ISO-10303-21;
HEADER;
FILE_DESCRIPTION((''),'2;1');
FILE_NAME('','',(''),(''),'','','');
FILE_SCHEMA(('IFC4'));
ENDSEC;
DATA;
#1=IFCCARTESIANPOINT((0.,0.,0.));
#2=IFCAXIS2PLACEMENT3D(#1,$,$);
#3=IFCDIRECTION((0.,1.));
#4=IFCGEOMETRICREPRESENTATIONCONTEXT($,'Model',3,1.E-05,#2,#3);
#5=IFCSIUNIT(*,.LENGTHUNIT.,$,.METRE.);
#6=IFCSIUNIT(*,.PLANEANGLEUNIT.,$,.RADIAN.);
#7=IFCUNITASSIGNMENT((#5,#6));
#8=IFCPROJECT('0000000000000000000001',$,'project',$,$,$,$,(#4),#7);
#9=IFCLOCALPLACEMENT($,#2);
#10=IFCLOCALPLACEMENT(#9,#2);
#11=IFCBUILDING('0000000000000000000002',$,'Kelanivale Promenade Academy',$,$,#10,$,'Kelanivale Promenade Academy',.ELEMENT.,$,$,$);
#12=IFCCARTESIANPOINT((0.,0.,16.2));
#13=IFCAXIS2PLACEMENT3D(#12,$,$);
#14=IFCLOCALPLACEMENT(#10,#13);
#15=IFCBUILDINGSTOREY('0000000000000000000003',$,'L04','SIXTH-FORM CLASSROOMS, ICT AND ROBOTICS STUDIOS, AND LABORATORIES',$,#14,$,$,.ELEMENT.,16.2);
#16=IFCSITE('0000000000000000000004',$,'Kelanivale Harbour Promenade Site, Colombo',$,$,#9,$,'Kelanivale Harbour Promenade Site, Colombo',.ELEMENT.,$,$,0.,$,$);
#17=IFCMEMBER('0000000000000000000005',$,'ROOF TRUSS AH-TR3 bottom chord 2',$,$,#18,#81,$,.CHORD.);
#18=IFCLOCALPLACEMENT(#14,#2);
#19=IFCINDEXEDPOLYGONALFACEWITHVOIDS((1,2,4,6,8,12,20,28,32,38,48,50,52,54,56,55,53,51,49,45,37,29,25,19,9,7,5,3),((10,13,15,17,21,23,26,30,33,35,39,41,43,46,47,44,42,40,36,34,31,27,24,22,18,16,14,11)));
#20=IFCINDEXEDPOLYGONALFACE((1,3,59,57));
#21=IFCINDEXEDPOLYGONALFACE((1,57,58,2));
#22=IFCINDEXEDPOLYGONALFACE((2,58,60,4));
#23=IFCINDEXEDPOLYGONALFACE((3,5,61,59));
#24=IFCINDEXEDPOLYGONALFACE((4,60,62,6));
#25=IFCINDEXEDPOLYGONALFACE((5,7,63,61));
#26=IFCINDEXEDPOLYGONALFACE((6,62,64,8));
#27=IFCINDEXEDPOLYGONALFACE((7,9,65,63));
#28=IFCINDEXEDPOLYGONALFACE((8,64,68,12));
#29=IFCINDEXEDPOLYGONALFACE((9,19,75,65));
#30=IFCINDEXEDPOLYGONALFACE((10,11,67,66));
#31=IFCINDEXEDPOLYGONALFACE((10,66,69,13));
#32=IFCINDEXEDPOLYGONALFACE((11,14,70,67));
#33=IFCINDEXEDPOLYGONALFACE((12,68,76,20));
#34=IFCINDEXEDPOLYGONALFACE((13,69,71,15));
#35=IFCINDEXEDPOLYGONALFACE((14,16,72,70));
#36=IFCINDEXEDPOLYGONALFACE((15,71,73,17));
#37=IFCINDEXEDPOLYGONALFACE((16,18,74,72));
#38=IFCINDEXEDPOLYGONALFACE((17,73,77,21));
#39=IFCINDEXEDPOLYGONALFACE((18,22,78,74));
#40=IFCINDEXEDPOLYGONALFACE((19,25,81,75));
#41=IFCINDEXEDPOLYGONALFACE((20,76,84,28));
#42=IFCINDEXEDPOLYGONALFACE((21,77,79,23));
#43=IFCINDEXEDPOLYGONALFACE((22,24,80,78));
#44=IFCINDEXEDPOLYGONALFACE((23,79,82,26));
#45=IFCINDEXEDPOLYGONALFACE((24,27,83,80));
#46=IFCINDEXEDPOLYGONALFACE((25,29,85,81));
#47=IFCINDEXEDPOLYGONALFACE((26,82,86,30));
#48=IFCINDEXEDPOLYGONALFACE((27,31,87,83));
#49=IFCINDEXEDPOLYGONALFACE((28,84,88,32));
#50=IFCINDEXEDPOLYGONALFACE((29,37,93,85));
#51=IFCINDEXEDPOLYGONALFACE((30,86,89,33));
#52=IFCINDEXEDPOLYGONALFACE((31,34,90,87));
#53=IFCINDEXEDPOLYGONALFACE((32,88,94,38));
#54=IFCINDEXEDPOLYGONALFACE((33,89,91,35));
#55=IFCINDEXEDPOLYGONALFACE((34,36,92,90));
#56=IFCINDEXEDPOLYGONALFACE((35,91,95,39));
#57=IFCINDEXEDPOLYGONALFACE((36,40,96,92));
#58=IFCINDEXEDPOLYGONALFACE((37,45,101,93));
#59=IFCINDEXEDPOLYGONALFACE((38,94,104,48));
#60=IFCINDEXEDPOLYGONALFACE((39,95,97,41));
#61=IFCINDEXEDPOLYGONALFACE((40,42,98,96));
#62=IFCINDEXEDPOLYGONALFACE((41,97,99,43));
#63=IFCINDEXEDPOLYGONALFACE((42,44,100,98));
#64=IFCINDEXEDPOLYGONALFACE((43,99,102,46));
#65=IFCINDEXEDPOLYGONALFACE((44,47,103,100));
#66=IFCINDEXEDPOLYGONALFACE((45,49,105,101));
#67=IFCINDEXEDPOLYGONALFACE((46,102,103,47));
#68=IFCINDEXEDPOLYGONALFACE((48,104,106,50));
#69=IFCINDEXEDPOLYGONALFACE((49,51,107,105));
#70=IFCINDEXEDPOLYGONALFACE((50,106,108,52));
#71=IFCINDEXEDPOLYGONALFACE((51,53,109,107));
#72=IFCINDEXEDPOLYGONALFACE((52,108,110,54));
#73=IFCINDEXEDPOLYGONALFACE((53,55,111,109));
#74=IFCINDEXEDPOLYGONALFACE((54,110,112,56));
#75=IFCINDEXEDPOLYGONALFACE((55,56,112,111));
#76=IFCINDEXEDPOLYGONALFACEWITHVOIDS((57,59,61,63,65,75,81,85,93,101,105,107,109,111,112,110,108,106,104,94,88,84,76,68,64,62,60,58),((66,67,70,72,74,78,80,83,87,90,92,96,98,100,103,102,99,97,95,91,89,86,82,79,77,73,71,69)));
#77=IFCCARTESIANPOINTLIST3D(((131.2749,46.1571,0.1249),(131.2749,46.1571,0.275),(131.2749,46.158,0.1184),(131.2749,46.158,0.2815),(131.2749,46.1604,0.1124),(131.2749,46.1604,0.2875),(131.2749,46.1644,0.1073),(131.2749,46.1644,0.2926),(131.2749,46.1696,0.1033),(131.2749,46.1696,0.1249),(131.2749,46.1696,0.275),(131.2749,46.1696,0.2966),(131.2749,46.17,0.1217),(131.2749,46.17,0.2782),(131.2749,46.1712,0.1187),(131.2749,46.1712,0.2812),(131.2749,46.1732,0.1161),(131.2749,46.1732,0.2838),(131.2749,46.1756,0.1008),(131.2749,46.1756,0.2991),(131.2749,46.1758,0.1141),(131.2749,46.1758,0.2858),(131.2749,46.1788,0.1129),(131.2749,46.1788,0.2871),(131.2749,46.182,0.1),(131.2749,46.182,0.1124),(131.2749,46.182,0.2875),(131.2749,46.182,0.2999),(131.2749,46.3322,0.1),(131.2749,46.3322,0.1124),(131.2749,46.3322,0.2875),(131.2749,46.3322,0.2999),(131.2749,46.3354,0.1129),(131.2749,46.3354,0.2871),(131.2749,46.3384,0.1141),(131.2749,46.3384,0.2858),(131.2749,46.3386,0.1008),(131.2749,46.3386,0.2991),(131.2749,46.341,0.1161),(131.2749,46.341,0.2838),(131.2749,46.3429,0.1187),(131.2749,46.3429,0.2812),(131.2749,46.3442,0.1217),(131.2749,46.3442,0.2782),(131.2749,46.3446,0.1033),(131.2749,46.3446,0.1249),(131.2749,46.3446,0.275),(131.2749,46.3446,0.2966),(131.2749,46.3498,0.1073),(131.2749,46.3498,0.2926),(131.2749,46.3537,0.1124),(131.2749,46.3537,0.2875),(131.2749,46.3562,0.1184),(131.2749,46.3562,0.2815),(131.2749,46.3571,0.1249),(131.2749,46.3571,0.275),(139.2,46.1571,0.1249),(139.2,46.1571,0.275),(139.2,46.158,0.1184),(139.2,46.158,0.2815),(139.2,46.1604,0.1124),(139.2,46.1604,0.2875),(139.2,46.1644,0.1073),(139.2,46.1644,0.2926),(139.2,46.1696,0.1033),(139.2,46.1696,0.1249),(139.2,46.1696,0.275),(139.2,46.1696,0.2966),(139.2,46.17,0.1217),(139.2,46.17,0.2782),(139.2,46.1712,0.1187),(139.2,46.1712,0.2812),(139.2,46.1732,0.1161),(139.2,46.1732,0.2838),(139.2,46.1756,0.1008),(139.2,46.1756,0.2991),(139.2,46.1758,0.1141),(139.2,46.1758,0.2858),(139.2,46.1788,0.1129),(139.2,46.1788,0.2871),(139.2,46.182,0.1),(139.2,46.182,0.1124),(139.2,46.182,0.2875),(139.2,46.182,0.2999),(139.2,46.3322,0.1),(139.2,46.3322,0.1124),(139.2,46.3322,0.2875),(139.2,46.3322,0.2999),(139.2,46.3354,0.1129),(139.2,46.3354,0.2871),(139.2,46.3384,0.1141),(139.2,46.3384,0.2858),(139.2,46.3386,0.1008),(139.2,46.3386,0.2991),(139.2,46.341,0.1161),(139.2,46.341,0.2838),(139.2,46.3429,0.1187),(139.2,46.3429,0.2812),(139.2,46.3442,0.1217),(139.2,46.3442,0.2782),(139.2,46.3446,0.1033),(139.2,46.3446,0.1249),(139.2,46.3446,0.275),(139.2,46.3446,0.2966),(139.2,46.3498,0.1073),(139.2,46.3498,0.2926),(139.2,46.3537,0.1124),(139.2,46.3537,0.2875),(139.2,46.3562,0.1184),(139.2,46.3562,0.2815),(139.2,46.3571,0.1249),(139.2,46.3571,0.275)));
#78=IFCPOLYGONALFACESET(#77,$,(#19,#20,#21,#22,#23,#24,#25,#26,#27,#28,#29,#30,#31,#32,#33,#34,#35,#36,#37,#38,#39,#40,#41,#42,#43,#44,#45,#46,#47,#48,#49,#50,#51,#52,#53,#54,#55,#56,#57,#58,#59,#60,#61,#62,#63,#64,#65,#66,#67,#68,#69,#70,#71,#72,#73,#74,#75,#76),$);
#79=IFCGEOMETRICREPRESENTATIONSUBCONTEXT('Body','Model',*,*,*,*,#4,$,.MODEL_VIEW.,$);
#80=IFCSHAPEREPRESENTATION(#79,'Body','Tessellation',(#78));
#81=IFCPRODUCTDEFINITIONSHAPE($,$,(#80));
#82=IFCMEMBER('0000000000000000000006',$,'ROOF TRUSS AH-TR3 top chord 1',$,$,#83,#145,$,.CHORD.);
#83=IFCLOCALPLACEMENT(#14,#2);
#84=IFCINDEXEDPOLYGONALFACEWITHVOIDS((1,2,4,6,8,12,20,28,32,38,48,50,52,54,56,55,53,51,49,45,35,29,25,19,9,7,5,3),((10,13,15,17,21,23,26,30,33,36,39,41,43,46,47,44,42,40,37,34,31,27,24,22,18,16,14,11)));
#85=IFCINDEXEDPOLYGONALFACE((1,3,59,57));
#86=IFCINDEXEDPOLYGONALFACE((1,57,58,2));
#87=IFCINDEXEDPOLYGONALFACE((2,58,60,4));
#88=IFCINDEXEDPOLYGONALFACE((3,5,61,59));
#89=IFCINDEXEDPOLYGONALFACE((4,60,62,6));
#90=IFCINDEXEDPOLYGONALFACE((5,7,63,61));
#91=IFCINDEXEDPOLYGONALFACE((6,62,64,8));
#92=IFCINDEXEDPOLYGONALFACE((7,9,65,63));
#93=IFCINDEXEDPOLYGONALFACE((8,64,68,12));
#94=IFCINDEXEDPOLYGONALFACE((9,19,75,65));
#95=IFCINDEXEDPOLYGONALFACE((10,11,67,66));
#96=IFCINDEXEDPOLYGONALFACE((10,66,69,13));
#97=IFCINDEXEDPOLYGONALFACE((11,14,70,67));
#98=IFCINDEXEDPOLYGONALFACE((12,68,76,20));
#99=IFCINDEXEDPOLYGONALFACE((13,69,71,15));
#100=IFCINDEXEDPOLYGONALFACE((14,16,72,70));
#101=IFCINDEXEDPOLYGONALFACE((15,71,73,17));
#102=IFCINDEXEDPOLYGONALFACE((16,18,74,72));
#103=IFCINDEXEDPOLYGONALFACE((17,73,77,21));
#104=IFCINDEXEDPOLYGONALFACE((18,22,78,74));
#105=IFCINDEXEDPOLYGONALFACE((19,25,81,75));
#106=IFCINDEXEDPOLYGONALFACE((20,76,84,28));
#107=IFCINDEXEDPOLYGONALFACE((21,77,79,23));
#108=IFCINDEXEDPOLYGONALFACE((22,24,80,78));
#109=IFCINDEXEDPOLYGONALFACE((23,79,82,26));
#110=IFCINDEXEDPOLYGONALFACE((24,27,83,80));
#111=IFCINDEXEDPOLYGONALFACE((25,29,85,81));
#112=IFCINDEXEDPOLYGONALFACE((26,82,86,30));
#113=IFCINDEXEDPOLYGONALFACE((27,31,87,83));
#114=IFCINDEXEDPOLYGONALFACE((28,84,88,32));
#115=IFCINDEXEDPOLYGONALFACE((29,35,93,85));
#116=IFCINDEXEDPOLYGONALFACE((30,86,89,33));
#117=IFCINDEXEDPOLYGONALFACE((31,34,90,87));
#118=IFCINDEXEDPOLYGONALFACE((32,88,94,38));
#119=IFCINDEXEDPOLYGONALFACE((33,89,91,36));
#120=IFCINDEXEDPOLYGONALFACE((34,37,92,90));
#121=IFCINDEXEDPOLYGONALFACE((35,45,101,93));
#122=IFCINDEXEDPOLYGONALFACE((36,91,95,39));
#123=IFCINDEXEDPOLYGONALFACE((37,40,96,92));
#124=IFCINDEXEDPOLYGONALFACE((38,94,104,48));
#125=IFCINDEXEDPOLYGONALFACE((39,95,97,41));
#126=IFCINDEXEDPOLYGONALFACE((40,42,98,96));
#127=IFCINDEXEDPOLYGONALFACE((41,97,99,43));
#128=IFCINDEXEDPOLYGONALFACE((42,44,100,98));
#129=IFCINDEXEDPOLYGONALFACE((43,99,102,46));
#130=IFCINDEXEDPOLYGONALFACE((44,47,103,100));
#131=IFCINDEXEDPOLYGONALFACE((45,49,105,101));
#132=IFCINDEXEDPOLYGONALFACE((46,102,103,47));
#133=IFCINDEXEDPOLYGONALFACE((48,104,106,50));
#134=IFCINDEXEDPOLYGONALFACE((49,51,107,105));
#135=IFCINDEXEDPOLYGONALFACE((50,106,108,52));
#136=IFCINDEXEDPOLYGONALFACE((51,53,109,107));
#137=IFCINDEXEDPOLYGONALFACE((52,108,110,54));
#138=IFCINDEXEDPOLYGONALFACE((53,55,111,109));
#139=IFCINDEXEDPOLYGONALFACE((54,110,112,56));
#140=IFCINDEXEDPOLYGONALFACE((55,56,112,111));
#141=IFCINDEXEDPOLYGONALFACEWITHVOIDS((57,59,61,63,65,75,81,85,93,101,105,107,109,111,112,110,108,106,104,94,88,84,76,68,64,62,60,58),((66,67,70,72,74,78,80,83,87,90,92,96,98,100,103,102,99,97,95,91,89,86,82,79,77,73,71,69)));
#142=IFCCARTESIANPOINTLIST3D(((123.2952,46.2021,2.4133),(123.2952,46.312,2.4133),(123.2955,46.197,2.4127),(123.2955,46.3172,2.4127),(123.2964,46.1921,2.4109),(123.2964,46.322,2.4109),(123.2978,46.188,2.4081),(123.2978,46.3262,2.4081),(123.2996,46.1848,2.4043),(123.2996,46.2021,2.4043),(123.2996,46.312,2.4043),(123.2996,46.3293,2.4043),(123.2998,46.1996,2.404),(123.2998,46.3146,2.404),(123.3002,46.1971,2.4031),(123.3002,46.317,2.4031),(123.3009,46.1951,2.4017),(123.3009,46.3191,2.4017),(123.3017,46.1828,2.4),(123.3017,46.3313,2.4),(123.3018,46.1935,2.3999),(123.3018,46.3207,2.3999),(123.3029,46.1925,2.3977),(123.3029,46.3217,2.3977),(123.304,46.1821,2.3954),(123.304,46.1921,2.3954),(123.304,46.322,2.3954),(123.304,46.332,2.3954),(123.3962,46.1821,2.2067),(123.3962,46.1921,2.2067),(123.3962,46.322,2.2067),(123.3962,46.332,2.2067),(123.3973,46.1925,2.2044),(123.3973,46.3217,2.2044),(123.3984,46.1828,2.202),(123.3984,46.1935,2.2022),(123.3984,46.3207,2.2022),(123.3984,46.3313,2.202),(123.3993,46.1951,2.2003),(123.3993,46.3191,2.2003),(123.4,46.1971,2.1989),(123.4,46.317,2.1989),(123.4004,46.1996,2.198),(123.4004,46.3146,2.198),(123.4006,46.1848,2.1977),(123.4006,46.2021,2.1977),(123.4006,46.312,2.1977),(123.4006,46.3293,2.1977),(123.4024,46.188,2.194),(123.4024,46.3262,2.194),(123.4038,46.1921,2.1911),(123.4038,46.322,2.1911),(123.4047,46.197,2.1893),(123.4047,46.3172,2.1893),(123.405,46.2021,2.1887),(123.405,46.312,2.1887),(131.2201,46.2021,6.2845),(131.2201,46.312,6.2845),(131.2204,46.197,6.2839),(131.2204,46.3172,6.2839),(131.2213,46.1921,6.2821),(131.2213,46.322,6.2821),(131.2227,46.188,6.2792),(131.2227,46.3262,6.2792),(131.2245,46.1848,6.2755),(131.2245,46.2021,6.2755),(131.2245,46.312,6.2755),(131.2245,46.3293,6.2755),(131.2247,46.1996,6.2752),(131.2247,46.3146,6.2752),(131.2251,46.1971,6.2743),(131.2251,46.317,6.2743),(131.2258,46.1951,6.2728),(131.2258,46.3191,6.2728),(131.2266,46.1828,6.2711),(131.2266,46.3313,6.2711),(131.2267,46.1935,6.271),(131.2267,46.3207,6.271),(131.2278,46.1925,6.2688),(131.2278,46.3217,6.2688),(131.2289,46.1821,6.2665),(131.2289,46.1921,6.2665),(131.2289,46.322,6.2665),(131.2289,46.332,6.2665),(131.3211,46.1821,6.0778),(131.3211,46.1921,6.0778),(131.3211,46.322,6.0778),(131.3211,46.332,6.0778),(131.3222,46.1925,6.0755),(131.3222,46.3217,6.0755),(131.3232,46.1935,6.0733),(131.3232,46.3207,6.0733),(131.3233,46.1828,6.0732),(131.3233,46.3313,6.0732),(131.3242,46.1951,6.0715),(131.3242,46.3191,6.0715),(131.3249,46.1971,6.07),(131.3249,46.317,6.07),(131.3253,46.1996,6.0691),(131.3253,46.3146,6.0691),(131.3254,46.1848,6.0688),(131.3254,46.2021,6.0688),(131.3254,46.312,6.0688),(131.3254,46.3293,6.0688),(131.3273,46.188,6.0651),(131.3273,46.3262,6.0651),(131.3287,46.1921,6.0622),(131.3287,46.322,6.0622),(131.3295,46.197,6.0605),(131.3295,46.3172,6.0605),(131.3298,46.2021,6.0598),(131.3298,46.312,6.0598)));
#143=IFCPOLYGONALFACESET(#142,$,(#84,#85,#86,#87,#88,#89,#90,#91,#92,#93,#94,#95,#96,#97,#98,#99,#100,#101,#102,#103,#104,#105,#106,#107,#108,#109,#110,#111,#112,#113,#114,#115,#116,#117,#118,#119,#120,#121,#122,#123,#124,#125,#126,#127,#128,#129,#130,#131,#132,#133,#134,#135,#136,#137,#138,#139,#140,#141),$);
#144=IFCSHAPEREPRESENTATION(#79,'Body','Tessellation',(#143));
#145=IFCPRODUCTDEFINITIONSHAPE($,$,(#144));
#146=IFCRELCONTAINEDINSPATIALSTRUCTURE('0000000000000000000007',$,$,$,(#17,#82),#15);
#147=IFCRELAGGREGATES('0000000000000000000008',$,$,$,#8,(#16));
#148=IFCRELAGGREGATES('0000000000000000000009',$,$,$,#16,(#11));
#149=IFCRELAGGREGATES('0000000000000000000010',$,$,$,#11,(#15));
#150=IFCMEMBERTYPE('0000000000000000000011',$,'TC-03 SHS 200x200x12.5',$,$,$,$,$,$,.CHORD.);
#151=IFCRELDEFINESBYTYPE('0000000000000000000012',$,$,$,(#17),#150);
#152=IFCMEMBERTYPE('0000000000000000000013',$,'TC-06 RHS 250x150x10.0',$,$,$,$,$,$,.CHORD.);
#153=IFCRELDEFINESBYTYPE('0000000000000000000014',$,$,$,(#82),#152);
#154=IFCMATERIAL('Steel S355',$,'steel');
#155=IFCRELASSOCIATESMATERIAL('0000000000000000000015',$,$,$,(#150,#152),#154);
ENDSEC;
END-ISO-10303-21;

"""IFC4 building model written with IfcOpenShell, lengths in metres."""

from ifc_helpers import new_model, si_unit, direction, frame, origin, origin_2d, place, context, subcontext, project, spatial, hollow_rectangle, extrude, material, material_profile, profile_set, type_object, element, save


model = new_model("IFC4")

# Units and contexts
model_context = context("Model", 3, precision=1e-05, world=origin(), true_north=direction((0.0, 1.0)))
body_context = subcontext(model_context, "Body", "Model", "MODEL_VIEW")
ifc_project = project(units=[si_unit("LENGTHUNIT", "METRE"), si_unit("PLANEANGLEUNIT", "RADIAN")], contexts=[model_context])

# Site, building, storey
site_placement = place(None, origin())
site = spatial("IfcSite", under=ifc_project, at=site_placement, Name="Kelanivale Harbour Promenade Site, Colombo", LongName="Kelanivale Harbour Promenade Site, Colombo", CompositionType="ELEMENT", RefElevation=0.0)
building_placement = place(site_placement, origin())
building = spatial("IfcBuilding", under=site, at=building_placement, Name="Kelanivale Promenade Academy", LongName="Kelanivale Promenade Academy", CompositionType="ELEMENT")
storey_placement = place(building_placement, frame((0.0, 0.0, 16.2)))
storey = spatial("IfcBuildingStorey", under=building, at=storey_placement, Name="L04", Description="SIXTH-FORM CLASSROOMS, ICT AND ROBOTICS STUDIOS, AND LABORATORIES", CompositionType="ELEMENT", Elevation=16.2)

# Shared definitions
ifc_material_1 = material(Name="Steel S355", Category="steel")

# Members
ifc_material_profile_1 = material_profile(ifc_material_1, hollow_rectangle(XDim=0.2, YDim=0.2, WallThickness=0.0125, InnerFilletRadius=0.0125, OuterFilletRadius=0.0249, at=origin_2d()), Name="SHS 200x200x12.5")
ifc_profile_set_1 = profile_set([ifc_material_profile_1], Name="Steel S355")
member_type_1 = type_object("IfcMemberType", Name="TC-03 SHS 200x200x12.5", PredefinedType="CHORD", material=ifc_profile_set_1)
member_1_placement = place(storey_placement, frame((131.2749, 46.2571, 0.2), z_axis=(1.0, 0.0, 0.0), x_axis=(0.0, 1.0, 0.0)))
element("IfcMember", 1, at=member_1_placement, inside=storey, type_object=member_type_1, Name="ROOF TRUSS AH-TR3 bottom chord 2", PredefinedType="CHORD", context=body_context, shape_type="SweptSolid", body=[
    extrude(hollow_rectangle(XDim=0.2, YDim=0.2, WallThickness=0.0125, InnerFilletRadius=0.0125, OuterFilletRadius=0.0249, at=origin_2d()), origin(), (0.0, 0.0, 1.0), 7.925),
])
ifc_material_profile_2 = material_profile(ifc_material_1, hollow_rectangle(XDim=0.1499, YDim=0.25, WallThickness=0.01, InnerFilletRadius=0.01, OuterFilletRadius=0.02, at=origin_2d()), Name="RHS 250x150x10.0")
ifc_profile_set_2 = profile_set([ifc_material_profile_2], Name="Steel S355")
member_type_2 = type_object("IfcMemberType", Name="TC-06 RHS 250x150x10.0", PredefinedType="CHORD", material=ifc_profile_set_2)
member_2_placement = place(storey_placement, frame((123.3501, 46.2571, 2.301), z_axis=(0.89853, 0.0, 0.438912), x_axis=(0.0, 1.0, 0.0)))
element("IfcMember", 2, at=member_2_placement, inside=storey, type_object=member_type_2, Name="ROOF TRUSS AH-TR3 top chord 1", PredefinedType="CHORD", context=body_context, shape_type="SweptSolid", body=[
    extrude(hollow_rectangle(XDim=0.1499, YDim=0.25, WallThickness=0.01, InnerFilletRadius=0.01, OuterFilletRadius=0.02, at=origin_2d()), origin(), (0.0, 0.0, 1.0), 8.8198),
])

save(model, "model.ifc")
